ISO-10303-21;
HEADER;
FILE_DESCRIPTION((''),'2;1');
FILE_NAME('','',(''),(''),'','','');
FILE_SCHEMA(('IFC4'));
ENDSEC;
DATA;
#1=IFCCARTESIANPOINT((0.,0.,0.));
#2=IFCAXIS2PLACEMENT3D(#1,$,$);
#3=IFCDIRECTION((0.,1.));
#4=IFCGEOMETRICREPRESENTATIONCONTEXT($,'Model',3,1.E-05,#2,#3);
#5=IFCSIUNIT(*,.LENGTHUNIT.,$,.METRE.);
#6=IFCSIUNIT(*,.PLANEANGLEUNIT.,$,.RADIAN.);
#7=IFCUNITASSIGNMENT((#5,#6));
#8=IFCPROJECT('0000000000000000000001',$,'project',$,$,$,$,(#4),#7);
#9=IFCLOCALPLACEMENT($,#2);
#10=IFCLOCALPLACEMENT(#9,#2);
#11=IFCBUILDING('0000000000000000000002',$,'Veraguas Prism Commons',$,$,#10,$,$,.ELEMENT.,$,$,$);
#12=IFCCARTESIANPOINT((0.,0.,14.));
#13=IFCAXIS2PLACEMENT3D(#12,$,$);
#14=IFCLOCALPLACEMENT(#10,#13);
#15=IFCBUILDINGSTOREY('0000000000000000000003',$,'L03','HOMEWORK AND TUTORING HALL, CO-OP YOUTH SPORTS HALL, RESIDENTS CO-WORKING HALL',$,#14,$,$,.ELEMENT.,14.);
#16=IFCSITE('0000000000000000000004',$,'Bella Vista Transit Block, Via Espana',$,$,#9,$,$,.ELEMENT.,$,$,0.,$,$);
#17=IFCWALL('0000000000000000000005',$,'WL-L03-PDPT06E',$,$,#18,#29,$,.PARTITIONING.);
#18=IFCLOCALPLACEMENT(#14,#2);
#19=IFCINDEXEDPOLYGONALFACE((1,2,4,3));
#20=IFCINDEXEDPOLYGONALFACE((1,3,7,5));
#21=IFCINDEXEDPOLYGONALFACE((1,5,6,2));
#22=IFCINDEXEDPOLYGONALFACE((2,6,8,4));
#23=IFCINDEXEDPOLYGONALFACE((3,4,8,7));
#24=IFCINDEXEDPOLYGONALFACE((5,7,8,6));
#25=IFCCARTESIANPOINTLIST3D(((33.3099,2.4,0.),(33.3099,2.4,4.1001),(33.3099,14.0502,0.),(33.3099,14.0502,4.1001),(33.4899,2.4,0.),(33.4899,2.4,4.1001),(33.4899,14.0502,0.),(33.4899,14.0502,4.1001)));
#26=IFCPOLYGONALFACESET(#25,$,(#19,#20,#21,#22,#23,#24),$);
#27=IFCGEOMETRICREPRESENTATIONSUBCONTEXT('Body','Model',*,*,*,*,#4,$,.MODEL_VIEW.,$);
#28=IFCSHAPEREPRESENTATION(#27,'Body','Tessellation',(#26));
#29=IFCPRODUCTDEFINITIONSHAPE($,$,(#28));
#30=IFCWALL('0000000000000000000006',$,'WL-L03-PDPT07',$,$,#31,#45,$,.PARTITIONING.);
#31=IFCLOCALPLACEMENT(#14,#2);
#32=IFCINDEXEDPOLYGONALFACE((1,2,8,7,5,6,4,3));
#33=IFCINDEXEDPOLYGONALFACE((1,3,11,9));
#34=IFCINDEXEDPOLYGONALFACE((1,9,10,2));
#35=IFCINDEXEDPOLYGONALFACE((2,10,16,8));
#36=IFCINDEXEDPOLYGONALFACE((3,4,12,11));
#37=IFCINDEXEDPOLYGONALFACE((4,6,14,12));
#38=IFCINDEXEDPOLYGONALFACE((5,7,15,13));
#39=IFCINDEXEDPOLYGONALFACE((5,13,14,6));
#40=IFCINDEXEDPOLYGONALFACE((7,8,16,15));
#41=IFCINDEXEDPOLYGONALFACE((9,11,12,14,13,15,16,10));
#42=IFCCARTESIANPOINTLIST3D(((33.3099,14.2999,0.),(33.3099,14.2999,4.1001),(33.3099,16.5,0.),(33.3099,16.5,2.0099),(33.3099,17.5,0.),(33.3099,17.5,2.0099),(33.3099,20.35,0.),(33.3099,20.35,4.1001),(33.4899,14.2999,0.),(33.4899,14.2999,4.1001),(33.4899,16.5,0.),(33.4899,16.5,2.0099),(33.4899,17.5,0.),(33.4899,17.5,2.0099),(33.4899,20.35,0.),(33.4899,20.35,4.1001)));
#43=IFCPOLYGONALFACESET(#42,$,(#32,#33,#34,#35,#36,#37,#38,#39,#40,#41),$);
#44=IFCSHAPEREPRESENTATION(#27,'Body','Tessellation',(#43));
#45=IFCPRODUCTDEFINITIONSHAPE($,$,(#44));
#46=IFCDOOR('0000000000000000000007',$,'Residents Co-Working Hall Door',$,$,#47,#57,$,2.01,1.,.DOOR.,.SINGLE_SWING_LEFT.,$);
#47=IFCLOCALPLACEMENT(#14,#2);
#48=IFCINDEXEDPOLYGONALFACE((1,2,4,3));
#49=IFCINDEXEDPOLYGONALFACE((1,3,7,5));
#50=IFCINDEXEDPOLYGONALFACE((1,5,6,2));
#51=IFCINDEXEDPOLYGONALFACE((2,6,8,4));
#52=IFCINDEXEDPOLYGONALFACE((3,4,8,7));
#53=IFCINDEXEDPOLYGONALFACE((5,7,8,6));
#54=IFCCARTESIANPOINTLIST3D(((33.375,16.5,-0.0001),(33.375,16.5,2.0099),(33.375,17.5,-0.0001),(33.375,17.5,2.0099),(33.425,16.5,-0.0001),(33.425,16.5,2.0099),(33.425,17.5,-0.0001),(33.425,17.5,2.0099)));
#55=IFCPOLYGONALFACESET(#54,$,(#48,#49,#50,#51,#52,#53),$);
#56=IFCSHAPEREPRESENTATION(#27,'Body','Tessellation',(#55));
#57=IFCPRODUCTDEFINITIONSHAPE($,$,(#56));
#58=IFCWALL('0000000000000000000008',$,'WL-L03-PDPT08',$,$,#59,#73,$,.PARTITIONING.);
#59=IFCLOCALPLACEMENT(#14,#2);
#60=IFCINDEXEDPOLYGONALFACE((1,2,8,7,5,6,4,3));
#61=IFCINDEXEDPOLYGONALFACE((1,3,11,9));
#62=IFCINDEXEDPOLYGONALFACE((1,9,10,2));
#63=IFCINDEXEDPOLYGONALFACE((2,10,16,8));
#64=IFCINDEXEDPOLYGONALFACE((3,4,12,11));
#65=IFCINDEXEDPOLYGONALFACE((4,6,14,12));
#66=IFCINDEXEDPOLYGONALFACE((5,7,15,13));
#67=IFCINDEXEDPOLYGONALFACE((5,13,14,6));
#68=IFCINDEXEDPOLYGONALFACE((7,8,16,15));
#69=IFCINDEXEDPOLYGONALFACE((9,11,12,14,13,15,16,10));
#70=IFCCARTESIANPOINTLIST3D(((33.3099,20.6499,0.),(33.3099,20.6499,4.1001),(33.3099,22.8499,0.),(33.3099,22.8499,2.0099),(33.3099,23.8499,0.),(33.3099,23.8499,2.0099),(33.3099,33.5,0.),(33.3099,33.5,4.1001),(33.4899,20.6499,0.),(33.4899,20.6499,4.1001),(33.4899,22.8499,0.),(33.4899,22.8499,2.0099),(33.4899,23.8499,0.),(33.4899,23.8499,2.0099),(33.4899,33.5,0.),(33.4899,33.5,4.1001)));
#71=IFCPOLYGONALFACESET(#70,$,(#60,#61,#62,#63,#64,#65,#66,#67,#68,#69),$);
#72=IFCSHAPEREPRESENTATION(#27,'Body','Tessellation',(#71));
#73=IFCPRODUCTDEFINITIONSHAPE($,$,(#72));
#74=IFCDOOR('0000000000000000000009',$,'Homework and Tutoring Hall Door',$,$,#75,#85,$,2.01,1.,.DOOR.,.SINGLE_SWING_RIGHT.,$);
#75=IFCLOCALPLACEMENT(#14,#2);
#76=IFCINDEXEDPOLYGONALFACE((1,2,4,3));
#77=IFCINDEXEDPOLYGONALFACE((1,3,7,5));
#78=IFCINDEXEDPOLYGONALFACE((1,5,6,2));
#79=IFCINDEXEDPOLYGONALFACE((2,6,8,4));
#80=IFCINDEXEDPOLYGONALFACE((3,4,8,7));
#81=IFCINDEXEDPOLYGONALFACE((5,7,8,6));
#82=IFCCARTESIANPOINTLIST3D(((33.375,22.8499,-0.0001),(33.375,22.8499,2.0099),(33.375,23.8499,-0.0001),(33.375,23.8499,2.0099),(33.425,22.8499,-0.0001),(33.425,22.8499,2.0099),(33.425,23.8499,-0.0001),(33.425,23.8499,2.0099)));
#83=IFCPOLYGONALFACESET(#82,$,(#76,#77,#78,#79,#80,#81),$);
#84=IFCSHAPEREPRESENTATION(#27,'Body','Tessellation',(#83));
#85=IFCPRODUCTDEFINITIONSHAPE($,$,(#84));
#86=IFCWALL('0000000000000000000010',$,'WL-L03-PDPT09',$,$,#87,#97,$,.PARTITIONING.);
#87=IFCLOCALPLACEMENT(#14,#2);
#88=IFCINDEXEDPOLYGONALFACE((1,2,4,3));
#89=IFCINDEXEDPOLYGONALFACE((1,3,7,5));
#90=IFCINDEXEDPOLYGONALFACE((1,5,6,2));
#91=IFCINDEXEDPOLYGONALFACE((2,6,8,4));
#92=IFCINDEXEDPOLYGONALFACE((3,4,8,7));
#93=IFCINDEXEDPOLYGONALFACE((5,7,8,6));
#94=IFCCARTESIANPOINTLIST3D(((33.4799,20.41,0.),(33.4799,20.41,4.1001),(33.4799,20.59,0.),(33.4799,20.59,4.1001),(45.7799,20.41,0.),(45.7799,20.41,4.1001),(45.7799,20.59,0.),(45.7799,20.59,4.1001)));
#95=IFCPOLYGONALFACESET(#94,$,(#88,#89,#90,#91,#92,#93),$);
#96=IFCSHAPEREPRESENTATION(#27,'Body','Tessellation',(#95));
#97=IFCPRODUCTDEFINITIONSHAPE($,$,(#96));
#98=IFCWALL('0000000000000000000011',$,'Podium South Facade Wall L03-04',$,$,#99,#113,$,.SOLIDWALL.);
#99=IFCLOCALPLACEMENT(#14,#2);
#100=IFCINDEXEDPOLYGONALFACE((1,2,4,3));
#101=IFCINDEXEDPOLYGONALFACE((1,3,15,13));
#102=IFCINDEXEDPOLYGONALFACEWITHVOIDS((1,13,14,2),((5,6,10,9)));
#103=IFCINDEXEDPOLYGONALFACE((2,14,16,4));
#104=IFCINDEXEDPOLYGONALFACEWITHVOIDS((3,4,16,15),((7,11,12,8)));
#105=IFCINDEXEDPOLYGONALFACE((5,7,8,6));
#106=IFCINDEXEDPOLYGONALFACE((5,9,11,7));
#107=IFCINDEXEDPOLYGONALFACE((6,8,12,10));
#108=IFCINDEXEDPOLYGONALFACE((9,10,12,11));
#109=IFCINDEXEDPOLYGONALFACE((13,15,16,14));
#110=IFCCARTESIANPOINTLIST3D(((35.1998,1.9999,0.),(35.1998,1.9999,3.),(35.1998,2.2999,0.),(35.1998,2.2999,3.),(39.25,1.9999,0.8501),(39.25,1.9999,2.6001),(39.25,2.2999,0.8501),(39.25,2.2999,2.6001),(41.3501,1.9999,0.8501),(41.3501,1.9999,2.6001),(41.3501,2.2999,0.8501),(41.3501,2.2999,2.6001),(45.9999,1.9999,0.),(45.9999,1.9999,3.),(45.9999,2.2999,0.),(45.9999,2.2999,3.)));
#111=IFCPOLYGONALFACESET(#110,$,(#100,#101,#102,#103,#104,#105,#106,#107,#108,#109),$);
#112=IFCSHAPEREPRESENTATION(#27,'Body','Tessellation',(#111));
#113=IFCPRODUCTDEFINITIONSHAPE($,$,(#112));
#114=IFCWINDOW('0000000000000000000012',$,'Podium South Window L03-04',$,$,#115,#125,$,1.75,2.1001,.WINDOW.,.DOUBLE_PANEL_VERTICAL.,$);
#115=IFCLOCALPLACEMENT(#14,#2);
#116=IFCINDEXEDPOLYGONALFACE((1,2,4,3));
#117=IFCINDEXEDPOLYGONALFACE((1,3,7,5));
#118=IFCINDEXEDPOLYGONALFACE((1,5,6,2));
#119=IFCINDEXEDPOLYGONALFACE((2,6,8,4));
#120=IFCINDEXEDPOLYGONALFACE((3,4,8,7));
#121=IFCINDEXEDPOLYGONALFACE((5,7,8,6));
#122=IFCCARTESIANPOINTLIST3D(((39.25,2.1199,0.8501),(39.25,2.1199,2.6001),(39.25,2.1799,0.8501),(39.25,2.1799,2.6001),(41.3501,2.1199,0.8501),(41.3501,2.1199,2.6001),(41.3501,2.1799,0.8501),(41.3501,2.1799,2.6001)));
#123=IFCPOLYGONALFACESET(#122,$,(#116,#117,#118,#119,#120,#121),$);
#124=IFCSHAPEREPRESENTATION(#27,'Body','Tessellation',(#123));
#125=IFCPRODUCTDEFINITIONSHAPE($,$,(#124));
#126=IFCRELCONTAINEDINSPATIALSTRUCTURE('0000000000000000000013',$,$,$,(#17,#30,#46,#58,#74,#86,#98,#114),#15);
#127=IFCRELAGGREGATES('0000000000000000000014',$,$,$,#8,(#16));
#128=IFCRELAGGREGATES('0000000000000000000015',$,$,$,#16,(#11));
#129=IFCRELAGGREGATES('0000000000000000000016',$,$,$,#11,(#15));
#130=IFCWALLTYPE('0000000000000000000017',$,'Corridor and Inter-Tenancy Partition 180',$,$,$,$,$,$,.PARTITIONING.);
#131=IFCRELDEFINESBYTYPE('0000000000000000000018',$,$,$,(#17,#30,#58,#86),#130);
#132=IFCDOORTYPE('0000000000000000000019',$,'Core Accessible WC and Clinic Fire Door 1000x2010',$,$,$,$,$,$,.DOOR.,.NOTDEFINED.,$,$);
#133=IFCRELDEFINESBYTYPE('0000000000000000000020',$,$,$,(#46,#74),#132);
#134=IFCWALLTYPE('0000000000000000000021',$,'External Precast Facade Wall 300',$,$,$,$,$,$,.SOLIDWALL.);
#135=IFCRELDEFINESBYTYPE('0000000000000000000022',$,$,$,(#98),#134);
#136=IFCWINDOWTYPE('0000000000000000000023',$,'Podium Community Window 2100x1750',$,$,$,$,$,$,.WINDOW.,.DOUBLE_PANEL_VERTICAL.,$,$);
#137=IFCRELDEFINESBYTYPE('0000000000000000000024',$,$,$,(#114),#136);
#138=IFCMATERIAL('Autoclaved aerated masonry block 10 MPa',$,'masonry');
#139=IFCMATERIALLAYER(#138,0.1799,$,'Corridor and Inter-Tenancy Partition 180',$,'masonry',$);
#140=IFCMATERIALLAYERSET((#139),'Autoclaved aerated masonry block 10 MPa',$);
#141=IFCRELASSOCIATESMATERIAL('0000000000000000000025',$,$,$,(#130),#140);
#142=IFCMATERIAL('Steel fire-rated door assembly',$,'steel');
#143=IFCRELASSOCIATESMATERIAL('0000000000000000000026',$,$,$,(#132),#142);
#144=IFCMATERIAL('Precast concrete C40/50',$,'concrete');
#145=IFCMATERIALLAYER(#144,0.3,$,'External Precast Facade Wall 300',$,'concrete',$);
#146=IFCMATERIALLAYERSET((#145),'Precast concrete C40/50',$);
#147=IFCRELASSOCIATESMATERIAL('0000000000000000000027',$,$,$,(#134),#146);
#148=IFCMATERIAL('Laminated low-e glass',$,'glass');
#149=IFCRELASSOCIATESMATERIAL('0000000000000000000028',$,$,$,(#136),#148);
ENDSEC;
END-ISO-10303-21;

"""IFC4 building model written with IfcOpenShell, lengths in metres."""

from ifc_helpers import new_model, si_unit, direction, frame, frame_2d, origin, place, context, subcontext, project, spatial, rectangle, extrude, source, transform, mapped, material, layer, layer_set, type_object, element, fill, save


model = new_model("IFC4")

# Units and contexts
model_context = context("Model", 3, precision=1e-05, world=origin(), true_north=direction((0.0, 1.0)))
body_context = subcontext(model_context, "Body", "Model", "MODEL_VIEW")
ifc_project = project(units=[si_unit("LENGTHUNIT", "METRE"), si_unit("PLANEANGLEUNIT", "RADIAN")], contexts=[model_context])

# Site, building, storey
site_placement = place(None, origin())
site = spatial("IfcSite", under=ifc_project, at=site_placement, Name="Bella Vista Transit Block, Via Espana", CompositionType="ELEMENT", RefElevation=0.0)
building_placement = place(site_placement, origin())
building = spatial("IfcBuilding", under=site, at=building_placement, Name="Veraguas Prism Commons", CompositionType="ELEMENT")
storey_placement = place(building_placement, frame((0.0, 0.0, 14.0)))
storey = spatial("IfcBuildingStorey", under=building, at=storey_placement, Name="L03", Description="HOMEWORK AND TUTORING HALL, CO-OP YOUTH SPORTS HALL, RESIDENTS CO-WORKING HALL", CompositionType="ELEMENT", Elevation=14.0)

# Wall
ifc_material_1 = material(Name="Autoclaved aerated masonry block 10 MPa", Category="masonry")
ifc_layer_1 = layer(ifc_material_1, 0.1799, Name="Corridor and Inter-Tenancy Partition 180", Category="masonry")
ifc_layer_set_1 = layer_set([ifc_layer_1], Name="Autoclaved aerated masonry block 10 MPa")
wall_type_1 = type_object("IfcWallType", Name="Corridor and Inter-Tenancy Partition 180", PredefinedType="PARTITIONING", material=ifc_layer_set_1)
wall_1_placement = place(storey_placement, frame((33.3999, 2.3999, 0.0), z_axis=(0.0, 0.0, 1.0), x_axis=(0.0, 1.0, 0.0)))
element("IfcWall", 1, at=wall_1_placement, inside=storey, type_object=wall_type_1, Name="WL-L03-PDPT06E", PredefinedType="PARTITIONING", context=body_context, shape_type="SweptSolid", body=[
    extrude(rectangle(XDim=11.6501, YDim=0.1799, at=frame_2d((5.8252, 0.0))), origin(), (0.0, 0.0, 1.0), 4.1001),
])

# Walls, openings, doors
wall_2_placement = place(storey_placement, frame((33.3999, 14.3, 0.0), z_axis=(0.0, 0.0, 1.0), x_axis=(0.0, 1.0, 0.0)))
wall_2 = element("IfcWall", 2, at=wall_2_placement, inside=storey, type_object=wall_type_1, Name="WL-L03-PDPT07", PredefinedType="PARTITIONING", context=body_context, shape_type="SweptSolid", body=[
    extrude(rectangle(XDim=6.05, YDim=0.1799, at=frame_2d((3.0249, 0.0))), origin(), (0.0, 0.0, 1.0), 4.1001),
])
opening_1_placement = place(wall_2_placement, frame((2.2, 0.0, 0.0)))
opening_1 = element("IfcOpeningElement", 3, at=opening_1_placement, cuts=wall_2, PredefinedType="OPENING", context=body_context, shape_type="SweptSolid", body=[
    extrude(rectangle(XDim=1.0, YDim=2.01, at=frame_2d((0.5, 1.0049))), frame((0.0, 0.0999, 0.0), z_axis=(0.0, -1.0, 0.0), x_axis=(1.0, 0.0, 0.0)), (0.0, 0.0, 1.0), 0.2),
])
ifc_material_2 = material(Name="Steel fire-rated door assembly", Category="steel")
door_type = type_object("IfcDoorType", Name="Core Accessible WC and Clinic Fire Door 1000x2010", OperationType="NOTDEFINED", PredefinedType="DOOR", material=ifc_material_2)
shared_shape_1 = source(origin(), body_context, "Body", "SweptSolid", [
    extrude(rectangle(XDim=1.0, YDim=2.01, at=frame_2d((0.5, 1.0049))), frame((0.0, 0.0249, 0.0), z_axis=(0.0, -1.0, 0.0), x_axis=(1.0, 0.0, 0.0)), (0.0, 0.0, 1.0), 0.05),
])
door_1_placement = place(opening_1_placement, origin())
door_1 = element("IfcDoor", 4, at=door_1_placement, inside=storey, type_object=door_type, Name="Residents Co-Working Hall Door", OperationType="SINGLE_SWING_LEFT", OverallHeight=2.01, OverallWidth=1.0, PredefinedType="DOOR", context=body_context, shape_type="MappedRepresentation", body=[
    mapped(shared_shape_1, transform((0.0, 0.0, 0.0), scale=1.0)),
])
fill(opening_1, door_1)
wall_3_placement = place(storey_placement, frame((33.3999, 20.6499, 0.0), z_axis=(0.0, 0.0, 1.0), x_axis=(0.0, 1.0, 0.0)))
wall_3 = element("IfcWall", 5, at=wall_3_placement, inside=storey, type_object=wall_type_1, Name="WL-L03-PDPT08", PredefinedType="PARTITIONING", context=body_context, shape_type="SweptSolid", body=[
    extrude(rectangle(XDim=12.8501, YDim=0.1799, at=frame_2d((6.425, 0.0))), origin(), (0.0, 0.0, 1.0), 4.1001),
])
opening_2_placement = place(wall_3_placement, frame((2.2, 0.0, 0.0)))
opening_2 = element("IfcOpeningElement", 6, at=opening_2_placement, cuts=wall_3, PredefinedType="OPENING", context=body_context, shape_type="SweptSolid", body=[
    extrude(rectangle(XDim=1.0, YDim=2.01, at=frame_2d((0.5, 1.0049))), frame((0.0, 0.0999, 0.0), z_axis=(0.0, -1.0, 0.0), x_axis=(1.0, 0.0, 0.0)), (0.0, 0.0, 1.0), 0.2),
])
door_2_placement = place(opening_2_placement, origin())
door_2 = element("IfcDoor", 7, at=door_2_placement, inside=storey, type_object=door_type, Name="Homework and Tutoring Hall Door", OperationType="SINGLE_SWING_RIGHT", OverallHeight=2.01, OverallWidth=1.0, PredefinedType="DOOR", context=body_context, shape_type="MappedRepresentation", body=[
    mapped(shared_shape_1, transform((0.0, 0.0, 0.0), scale=1.0)),
])
fill(opening_2, door_2)

# Wall
wall_4_placement = place(storey_placement, frame((33.48, 20.5, 0.0), z_axis=(0.0, 0.0, 1.0), x_axis=(1.0, 0.0, 0.0)))
element("IfcWall", 8, at=wall_4_placement, inside=storey, type_object=wall_type_1, Name="WL-L03-PDPT09", PredefinedType="PARTITIONING", context=body_context, shape_type="SweptSolid", body=[
    extrude(rectangle(XDim=12.3, YDim=0.1799, at=frame_2d((6.1499, 0.0))), origin(), (0.0, 0.0, 1.0), 4.1001),
])

# Wall, opening, window
ifc_material_3 = material(Name="Precast concrete C40/50", Category="concrete")
ifc_layer_2 = layer(ifc_material_3, 0.3, Name="External Precast Facade Wall 300", Category="concrete")
ifc_layer_set_2 = layer_set([ifc_layer_2], Name="Precast concrete C40/50")
wall_type_2 = type_object("IfcWallType", Name="External Precast Facade Wall 300", PredefinedType="SOLIDWALL", material=ifc_layer_set_2)
wall_5_placement = place(storey_placement, frame((35.2, 2.1499, 0.0), z_axis=(0.0, 0.0, 1.0), x_axis=(1.0, 0.0, 0.0)))
wall_5 = element("IfcWall", 9, at=wall_5_placement, inside=storey, type_object=wall_type_2, Name="Podium South Facade Wall L03-04", PredefinedType="SOLIDWALL", context=body_context, shape_type="SweptSolid", body=[
    extrude(rectangle(XDim=10.8, YDim=0.3, at=frame_2d((5.3999, 0.0))), origin(), (0.0, 0.0, 1.0), 3.0),
])
opening_3_placement = place(wall_5_placement, frame((4.05, 0.0, 0.8501)))
opening_3 = element("IfcOpeningElement", 10, at=opening_3_placement, cuts=wall_5, PredefinedType="OPENING", context=body_context, shape_type="SweptSolid", body=[
    extrude(rectangle(XDim=2.1001, YDim=1.75, at=frame_2d((1.05, 0.875))), frame((0.0, 0.1599, 0.0), z_axis=(0.0, -1.0, 0.0), x_axis=(1.0, 0.0, 0.0)), (0.0, 0.0, 1.0), 0.3201),
])
ifc_material_4 = material(Name="Laminated low-e glass", Category="glass")
window_type = type_object("IfcWindowType", Name="Podium Community Window 2100x1750", PartitioningType="DOUBLE_PANEL_VERTICAL", PredefinedType="WINDOW", material=ifc_material_4)
shared_shape_2 = source(origin(), body_context, "Body", "SweptSolid", [
    extrude(rectangle(XDim=2.1001, YDim=1.75, at=frame_2d((1.05, 0.875))), frame((0.0, 0.03, 0.0), z_axis=(0.0, -1.0, 0.0), x_axis=(1.0, 0.0, 0.0)), (0.0, 0.0, 1.0), 0.0601),
])
window_placement = place(opening_3_placement, origin())
window = element("IfcWindow", 11, at=window_placement, inside=storey, type_object=window_type, Name="Podium South Window L03-04", OverallHeight=1.75, OverallWidth=2.1001, PartitioningType="DOUBLE_PANEL_VERTICAL", PredefinedType="WINDOW", context=body_context, shape_type="MappedRepresentation", body=[
    mapped(shared_shape_2, transform((0.0, 0.0, 0.0), scale=1.0)),
])
fill(opening_3, window)

save(model, "model.ifc")
